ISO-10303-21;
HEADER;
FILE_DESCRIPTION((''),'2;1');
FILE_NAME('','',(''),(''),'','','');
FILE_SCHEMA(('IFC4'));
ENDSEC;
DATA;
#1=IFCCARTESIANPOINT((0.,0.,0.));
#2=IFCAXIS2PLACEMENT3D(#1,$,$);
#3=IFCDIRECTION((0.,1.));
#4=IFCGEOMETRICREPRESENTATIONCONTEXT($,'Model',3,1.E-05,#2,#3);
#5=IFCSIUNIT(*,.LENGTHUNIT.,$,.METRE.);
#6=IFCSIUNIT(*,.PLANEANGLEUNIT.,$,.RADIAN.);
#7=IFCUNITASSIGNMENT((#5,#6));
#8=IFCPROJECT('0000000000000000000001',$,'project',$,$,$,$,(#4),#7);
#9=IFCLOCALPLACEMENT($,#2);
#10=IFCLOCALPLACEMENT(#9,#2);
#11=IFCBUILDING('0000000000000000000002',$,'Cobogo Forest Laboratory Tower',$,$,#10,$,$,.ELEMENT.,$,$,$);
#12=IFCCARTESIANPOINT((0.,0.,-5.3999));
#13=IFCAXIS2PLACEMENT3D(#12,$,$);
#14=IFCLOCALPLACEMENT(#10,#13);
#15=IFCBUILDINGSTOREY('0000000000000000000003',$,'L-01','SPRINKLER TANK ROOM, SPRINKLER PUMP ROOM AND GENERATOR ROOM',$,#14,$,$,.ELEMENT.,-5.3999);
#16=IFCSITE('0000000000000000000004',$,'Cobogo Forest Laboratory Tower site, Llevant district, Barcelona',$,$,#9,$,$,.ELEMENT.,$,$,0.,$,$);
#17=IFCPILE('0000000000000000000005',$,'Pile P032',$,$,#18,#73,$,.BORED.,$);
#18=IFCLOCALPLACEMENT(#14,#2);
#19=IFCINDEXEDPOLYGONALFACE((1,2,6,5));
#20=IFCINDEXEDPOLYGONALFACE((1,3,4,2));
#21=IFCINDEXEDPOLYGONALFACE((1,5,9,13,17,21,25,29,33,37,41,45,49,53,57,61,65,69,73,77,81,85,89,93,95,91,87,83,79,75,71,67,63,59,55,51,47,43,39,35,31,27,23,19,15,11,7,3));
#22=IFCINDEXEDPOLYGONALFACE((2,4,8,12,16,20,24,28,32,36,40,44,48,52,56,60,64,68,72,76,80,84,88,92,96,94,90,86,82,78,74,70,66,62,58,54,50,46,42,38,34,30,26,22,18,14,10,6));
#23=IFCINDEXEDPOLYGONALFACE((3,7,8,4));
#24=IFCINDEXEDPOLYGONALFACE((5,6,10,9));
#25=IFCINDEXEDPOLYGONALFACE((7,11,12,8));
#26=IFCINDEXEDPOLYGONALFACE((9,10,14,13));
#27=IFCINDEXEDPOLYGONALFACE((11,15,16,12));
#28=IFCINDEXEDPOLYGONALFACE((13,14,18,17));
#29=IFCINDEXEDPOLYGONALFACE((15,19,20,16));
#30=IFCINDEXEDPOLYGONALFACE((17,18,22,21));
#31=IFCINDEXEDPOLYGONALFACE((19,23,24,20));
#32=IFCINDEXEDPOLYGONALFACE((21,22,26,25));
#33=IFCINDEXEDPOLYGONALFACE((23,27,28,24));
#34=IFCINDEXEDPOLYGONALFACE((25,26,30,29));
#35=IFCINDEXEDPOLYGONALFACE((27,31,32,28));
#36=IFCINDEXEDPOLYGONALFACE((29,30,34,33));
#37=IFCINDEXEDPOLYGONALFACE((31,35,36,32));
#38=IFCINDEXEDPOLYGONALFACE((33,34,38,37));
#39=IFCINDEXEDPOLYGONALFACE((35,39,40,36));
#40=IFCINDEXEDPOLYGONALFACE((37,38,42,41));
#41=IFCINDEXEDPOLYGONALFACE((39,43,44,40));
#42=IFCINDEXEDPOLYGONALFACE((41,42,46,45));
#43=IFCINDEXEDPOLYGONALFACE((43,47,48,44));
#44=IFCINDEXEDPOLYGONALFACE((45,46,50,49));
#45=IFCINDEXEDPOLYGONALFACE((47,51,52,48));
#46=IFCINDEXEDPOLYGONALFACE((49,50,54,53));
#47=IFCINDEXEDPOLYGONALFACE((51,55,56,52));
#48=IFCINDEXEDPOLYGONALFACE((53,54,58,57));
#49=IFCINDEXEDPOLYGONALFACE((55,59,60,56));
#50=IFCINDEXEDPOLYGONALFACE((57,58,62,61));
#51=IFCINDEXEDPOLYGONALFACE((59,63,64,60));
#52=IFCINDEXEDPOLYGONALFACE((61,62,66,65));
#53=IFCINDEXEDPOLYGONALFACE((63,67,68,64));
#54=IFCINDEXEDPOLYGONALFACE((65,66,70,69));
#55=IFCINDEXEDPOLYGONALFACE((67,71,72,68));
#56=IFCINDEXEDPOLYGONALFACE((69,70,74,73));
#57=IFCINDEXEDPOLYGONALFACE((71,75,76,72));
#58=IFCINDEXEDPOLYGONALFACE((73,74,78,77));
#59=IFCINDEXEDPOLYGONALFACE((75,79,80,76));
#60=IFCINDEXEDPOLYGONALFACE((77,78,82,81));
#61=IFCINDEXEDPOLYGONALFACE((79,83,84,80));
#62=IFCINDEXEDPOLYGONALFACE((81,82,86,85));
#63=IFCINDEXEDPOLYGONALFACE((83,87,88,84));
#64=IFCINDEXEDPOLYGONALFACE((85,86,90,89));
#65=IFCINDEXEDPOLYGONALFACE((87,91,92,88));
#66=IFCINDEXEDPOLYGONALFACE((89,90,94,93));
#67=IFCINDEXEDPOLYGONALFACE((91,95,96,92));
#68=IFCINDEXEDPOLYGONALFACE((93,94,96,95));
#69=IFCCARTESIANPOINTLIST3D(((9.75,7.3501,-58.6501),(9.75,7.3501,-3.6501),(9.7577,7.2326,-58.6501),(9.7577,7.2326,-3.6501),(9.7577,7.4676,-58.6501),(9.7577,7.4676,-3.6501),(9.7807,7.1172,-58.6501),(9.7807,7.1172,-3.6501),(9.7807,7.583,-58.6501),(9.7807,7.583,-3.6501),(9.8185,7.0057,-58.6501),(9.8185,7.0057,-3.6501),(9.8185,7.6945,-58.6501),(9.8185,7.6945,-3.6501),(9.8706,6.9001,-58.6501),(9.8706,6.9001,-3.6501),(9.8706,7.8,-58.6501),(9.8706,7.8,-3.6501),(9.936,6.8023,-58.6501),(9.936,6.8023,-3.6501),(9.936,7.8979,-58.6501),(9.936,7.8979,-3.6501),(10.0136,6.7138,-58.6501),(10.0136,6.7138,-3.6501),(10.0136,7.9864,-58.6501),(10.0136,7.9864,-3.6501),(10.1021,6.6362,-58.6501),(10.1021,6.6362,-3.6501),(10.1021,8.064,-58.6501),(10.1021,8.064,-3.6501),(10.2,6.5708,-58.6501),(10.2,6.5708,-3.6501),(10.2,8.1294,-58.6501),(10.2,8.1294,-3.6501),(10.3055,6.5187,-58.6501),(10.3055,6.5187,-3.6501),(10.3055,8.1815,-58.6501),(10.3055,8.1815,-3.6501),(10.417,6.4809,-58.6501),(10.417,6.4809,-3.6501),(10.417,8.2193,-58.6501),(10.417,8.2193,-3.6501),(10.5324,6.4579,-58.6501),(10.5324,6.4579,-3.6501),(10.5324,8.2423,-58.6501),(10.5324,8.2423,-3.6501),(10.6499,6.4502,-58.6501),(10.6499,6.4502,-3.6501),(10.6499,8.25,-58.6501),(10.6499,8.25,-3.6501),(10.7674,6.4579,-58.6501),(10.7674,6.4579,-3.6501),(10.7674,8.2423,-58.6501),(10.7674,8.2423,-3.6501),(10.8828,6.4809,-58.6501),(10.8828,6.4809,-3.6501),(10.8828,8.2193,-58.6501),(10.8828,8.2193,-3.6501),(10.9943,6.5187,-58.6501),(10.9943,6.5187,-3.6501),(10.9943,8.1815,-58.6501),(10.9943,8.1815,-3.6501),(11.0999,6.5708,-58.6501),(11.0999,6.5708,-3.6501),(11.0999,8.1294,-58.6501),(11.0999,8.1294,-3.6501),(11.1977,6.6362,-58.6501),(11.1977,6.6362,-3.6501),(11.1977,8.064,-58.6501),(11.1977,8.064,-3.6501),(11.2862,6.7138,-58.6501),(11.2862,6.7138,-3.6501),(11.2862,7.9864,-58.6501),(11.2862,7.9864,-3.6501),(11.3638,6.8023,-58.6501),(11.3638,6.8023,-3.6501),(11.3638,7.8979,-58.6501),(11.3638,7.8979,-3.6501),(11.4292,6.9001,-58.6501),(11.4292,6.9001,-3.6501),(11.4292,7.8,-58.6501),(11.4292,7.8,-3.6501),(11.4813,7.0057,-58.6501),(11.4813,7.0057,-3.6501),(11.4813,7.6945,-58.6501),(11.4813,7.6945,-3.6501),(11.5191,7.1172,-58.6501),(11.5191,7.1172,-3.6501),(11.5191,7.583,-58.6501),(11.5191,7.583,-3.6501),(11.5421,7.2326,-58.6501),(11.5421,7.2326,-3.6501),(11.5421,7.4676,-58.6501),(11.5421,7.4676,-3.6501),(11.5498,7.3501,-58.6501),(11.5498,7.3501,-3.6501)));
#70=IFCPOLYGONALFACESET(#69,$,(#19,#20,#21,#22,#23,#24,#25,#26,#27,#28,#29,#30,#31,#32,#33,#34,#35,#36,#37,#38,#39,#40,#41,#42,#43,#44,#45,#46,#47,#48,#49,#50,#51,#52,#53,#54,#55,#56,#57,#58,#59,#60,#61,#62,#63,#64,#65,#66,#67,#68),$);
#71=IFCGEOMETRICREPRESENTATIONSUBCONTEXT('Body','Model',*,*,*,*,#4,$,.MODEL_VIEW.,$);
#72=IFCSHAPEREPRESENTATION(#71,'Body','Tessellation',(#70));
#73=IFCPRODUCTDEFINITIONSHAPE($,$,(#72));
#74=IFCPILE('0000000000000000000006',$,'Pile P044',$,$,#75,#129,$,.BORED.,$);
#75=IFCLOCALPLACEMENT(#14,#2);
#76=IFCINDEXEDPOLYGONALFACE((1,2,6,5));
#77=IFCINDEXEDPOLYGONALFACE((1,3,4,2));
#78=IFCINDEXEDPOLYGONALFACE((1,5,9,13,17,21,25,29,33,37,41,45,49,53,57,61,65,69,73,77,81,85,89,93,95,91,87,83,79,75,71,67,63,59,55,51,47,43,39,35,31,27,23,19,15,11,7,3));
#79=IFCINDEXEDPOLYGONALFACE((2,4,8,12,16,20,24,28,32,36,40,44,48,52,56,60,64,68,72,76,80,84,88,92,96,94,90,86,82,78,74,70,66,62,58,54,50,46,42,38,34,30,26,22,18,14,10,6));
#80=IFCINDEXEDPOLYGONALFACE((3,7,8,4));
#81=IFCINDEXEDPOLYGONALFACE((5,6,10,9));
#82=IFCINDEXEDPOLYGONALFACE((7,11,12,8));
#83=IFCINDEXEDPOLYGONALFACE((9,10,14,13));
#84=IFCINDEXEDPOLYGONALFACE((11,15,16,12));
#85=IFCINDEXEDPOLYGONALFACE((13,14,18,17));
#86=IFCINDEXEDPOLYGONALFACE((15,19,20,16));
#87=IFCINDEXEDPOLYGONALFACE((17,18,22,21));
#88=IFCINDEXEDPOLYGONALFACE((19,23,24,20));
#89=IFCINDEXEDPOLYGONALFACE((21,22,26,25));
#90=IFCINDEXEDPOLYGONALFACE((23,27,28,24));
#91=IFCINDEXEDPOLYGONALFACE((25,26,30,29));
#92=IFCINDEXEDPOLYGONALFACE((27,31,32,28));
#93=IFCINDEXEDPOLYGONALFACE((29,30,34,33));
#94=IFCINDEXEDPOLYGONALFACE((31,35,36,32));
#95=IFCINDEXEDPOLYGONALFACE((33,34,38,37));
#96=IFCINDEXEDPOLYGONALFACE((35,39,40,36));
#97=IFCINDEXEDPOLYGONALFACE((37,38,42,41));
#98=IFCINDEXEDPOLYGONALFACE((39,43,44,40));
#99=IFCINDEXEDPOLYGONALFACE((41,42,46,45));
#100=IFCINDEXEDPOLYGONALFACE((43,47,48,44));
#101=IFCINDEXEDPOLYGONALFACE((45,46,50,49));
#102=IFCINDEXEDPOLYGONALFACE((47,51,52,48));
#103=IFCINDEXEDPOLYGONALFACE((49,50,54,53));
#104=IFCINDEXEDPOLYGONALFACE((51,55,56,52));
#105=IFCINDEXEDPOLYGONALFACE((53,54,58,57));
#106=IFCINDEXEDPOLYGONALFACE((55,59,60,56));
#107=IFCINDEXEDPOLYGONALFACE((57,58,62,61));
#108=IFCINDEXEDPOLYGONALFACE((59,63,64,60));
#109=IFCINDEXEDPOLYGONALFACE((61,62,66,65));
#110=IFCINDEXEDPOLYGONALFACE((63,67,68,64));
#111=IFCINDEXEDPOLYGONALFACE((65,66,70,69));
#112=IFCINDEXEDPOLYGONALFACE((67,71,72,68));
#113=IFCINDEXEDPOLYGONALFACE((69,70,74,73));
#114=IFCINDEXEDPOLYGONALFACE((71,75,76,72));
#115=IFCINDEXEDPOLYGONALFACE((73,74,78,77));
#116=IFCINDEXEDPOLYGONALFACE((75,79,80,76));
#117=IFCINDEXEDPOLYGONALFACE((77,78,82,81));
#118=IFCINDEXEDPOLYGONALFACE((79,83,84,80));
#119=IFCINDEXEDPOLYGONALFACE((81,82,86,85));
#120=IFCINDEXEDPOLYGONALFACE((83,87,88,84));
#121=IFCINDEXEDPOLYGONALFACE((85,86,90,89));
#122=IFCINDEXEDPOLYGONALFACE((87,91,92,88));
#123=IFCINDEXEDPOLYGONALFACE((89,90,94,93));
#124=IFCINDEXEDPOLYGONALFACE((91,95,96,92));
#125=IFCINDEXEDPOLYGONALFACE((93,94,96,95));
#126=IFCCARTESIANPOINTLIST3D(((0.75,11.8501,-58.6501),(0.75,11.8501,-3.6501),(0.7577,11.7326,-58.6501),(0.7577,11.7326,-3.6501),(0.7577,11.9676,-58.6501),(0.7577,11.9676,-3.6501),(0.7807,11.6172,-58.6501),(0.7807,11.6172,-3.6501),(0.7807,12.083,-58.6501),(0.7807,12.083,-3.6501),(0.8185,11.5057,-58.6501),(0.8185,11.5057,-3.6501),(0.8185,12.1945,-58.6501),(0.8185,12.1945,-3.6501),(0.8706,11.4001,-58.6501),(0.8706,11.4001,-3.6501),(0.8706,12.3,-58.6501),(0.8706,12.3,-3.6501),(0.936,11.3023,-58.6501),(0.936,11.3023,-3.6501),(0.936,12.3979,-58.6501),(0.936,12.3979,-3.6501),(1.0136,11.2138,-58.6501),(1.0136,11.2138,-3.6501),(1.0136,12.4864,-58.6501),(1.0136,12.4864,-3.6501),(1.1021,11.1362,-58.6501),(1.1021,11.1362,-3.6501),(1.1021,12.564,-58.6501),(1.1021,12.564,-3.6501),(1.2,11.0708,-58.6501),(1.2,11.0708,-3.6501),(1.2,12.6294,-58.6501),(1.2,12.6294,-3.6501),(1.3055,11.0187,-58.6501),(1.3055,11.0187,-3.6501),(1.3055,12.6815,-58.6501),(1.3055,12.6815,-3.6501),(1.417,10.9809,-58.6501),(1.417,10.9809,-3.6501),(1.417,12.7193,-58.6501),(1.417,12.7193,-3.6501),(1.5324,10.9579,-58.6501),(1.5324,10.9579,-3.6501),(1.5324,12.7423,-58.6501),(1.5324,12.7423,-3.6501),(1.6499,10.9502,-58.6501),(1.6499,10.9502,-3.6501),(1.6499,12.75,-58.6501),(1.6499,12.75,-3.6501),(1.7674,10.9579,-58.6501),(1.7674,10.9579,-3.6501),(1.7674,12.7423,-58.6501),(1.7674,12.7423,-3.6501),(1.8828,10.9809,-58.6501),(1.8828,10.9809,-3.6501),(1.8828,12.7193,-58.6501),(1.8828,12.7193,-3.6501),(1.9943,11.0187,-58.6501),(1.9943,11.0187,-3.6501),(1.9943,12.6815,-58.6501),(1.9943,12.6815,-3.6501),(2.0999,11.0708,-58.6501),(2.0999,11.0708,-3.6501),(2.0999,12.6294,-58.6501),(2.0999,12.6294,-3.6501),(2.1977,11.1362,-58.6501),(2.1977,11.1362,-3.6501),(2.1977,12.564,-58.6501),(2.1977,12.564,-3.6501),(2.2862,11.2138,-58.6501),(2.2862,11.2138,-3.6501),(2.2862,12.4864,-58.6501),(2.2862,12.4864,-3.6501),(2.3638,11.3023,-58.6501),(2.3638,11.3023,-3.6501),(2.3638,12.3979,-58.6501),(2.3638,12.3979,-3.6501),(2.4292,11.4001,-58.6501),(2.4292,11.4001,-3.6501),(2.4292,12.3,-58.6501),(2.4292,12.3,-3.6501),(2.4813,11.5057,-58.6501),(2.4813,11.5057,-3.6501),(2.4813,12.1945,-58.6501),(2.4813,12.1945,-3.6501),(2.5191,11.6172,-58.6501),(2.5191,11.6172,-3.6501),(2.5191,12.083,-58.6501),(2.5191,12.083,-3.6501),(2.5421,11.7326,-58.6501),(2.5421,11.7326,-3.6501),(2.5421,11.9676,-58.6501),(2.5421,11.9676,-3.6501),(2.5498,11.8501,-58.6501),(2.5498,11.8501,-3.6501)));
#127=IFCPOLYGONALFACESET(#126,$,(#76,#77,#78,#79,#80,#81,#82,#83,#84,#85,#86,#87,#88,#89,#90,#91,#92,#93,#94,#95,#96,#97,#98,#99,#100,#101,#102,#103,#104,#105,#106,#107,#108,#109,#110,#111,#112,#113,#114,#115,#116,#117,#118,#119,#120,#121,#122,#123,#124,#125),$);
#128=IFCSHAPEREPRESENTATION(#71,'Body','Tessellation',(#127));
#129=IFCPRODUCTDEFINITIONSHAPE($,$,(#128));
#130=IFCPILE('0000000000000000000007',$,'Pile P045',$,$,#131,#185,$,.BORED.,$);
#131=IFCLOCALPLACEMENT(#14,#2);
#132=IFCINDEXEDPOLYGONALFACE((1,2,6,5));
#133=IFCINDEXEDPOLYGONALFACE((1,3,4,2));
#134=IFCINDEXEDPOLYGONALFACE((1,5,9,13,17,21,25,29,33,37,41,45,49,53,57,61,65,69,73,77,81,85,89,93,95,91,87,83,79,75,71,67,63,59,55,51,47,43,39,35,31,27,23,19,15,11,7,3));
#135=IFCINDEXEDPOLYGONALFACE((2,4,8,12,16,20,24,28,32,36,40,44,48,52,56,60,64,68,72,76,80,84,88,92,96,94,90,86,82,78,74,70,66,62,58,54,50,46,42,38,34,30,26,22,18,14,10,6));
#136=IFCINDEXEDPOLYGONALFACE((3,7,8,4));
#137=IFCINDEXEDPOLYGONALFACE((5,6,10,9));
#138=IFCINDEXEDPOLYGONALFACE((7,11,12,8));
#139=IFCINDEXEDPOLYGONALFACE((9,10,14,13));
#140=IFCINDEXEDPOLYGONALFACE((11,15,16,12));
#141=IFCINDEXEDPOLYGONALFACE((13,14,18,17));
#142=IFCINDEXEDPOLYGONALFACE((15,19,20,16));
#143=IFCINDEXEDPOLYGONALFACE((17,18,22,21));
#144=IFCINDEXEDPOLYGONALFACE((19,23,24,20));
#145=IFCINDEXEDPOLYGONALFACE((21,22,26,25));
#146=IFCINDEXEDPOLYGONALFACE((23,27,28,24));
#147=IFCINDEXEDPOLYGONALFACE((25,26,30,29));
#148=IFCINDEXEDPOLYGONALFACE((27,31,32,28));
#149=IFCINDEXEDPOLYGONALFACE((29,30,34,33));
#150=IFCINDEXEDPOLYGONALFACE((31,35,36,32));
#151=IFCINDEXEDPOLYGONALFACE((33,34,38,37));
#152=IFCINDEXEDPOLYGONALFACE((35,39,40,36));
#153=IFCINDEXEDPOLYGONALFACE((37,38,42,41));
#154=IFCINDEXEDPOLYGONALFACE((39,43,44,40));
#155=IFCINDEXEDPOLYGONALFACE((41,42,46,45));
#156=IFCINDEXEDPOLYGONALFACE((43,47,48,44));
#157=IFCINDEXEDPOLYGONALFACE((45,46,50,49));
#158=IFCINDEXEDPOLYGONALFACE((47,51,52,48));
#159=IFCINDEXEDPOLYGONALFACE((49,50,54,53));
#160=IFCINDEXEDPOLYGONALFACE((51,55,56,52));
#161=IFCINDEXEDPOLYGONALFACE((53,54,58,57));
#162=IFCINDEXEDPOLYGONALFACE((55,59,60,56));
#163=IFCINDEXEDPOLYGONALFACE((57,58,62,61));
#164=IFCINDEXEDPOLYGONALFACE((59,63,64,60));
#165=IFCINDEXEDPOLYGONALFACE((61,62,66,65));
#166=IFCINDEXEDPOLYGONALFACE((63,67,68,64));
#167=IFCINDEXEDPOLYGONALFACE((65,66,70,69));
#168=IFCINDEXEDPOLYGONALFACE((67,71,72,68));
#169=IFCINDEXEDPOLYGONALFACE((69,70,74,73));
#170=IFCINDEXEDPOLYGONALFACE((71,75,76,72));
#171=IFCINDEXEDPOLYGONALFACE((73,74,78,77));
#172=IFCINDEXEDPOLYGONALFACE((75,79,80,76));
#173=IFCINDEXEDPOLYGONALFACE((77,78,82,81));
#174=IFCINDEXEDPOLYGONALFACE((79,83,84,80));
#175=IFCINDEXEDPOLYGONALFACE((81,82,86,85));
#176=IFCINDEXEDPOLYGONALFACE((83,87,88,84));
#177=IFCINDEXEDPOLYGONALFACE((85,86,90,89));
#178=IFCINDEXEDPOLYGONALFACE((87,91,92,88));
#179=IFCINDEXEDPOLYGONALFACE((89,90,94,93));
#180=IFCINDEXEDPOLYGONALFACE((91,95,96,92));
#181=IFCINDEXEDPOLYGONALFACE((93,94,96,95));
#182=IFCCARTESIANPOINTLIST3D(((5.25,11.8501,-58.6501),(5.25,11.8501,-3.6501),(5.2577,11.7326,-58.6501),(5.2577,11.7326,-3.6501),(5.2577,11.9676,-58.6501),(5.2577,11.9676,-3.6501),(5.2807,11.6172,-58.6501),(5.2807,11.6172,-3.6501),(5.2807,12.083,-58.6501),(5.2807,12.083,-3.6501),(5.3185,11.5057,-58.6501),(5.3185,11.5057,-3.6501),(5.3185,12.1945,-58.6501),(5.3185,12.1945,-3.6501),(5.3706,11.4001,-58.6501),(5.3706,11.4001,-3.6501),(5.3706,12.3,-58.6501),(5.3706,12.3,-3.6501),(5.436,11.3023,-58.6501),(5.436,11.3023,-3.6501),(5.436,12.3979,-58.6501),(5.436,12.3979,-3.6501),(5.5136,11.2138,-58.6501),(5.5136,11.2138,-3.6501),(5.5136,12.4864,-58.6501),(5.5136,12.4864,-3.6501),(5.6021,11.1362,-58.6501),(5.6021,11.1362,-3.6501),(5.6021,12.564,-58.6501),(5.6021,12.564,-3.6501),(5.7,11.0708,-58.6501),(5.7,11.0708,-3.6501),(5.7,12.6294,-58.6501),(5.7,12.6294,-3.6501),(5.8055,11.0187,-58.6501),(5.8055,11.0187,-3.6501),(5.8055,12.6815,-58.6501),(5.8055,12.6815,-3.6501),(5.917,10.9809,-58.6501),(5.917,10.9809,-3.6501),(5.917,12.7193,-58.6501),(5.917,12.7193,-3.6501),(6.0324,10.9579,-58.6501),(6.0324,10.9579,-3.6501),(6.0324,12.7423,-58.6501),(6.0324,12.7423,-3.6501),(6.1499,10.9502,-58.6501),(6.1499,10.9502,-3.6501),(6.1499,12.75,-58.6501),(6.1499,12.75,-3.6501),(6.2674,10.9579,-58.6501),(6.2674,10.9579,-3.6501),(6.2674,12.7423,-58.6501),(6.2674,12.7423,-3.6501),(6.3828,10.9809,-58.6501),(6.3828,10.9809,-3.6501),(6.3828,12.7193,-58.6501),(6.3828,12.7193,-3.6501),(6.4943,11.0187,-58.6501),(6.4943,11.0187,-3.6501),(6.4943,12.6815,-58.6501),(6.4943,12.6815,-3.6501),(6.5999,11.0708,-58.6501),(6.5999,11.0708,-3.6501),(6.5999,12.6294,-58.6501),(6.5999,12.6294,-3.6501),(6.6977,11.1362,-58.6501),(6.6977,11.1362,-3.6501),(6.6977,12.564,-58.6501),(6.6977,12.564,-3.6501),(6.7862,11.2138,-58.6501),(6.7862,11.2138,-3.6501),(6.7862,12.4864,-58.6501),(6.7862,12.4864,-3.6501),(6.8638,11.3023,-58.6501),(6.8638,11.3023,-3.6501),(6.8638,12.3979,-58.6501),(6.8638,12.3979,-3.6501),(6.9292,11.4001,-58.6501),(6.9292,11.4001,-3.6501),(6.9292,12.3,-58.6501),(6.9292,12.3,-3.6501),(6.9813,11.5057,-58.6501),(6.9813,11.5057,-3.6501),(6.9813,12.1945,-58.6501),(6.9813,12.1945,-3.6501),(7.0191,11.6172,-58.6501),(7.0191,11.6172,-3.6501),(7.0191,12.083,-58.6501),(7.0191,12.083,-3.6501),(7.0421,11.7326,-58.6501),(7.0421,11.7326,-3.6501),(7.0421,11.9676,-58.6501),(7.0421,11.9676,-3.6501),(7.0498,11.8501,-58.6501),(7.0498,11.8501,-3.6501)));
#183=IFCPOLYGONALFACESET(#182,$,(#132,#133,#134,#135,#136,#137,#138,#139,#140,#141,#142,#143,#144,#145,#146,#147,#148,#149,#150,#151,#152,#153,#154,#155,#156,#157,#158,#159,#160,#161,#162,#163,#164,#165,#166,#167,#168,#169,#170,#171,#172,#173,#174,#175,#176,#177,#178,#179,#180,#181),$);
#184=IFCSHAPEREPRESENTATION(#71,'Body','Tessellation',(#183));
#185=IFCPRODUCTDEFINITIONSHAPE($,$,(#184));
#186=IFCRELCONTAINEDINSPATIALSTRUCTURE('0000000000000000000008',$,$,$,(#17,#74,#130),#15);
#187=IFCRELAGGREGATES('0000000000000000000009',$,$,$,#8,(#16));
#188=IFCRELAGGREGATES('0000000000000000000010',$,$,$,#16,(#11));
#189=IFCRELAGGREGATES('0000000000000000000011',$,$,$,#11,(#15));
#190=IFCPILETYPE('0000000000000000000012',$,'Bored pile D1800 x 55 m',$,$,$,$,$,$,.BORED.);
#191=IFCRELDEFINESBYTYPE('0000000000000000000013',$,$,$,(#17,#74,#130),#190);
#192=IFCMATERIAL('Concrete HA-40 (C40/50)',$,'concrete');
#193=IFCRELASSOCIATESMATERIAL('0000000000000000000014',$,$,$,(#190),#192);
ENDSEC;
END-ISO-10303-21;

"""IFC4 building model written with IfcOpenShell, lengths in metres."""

from ifc_helpers import new_model, si_unit, direction, frame, origin, origin_2d, place, context, subcontext, project, spatial, circle, extrude, material, material_profile, profile_set, type_object, element, save


model = new_model("IFC4")

# Units and contexts
model_context = context("Model", 3, precision=1e-05, world=origin(), true_north=direction((0.0, 1.0)))
body_context = subcontext(model_context, "Body", "Model", "MODEL_VIEW")
ifc_project = project(units=[si_unit("LENGTHUNIT", "METRE"), si_unit("PLANEANGLEUNIT", "RADIAN")], contexts=[model_context])

# Site, building, storey
site_placement = place(None, origin())
site = spatial("IfcSite", under=ifc_project, at=site_placement, Name="Cobogo Forest Laboratory Tower site, Llevant district, Barcelona", CompositionType="ELEMENT", RefElevation=0.0)
building_placement = place(site_placement, origin())
building = spatial("IfcBuilding", under=site, at=building_placement, Name="Cobogo Forest Laboratory Tower", CompositionType="ELEMENT")
storey_placement = place(building_placement, frame((0.0, 0.0, -5.3999)))
storey = spatial("IfcBuildingStorey", under=building, at=storey_placement, Name="L-01", Description="SPRINKLER TANK ROOM, SPRINKLER PUMP ROOM AND GENERATOR ROOM", CompositionType="ELEMENT", Elevation=-5.3999)

# Piles
ifc_material_1 = material(Name="Concrete HA-40 (C40/50)", Category="concrete")
ifc_material_profile_1 = material_profile(ifc_material_1, circle(Radius=0.8999, at=origin_2d()), Name="PILE D1800")
ifc_profile_set_1 = profile_set([ifc_material_profile_1], Name="Concrete HA-40 (C40/50)")
pile_type_1 = type_object("IfcPileType", Name="Bored pile D1800 x 55 m", PredefinedType="BORED", material=ifc_profile_set_1)
for number, where, z_axis, x_axis, name in (
    (1, (10.6499, 7.3501, -3.6501), (0.0, 0.0, -1.0), (1.0, 0.0, 0.0), "Pile P032"),
    (2, (1.6499, 11.8501, -3.6501), (0.0, 0.0, -1.0), (1.0, 0.0, 0.0), "Pile P044"),
    (3, (6.1499, 11.8501, -3.6501), (0.0, 0.0, -1.0), (1.0, 0.0, 0.0), "Pile P045"),
):
    element("IfcPile", number, at=place(storey_placement, frame(where, z_axis=z_axis, x_axis=x_axis)), inside=storey, type_object=pile_type_1, Name=name, PredefinedType="BORED", context=body_context, shape_type="SweptSolid", body=[
        extrude(circle(Radius=0.8999, at=origin_2d()), origin(), (0.0, 0.0, 1.0), 55.0),
    ])

save(model, "model.ifc")
